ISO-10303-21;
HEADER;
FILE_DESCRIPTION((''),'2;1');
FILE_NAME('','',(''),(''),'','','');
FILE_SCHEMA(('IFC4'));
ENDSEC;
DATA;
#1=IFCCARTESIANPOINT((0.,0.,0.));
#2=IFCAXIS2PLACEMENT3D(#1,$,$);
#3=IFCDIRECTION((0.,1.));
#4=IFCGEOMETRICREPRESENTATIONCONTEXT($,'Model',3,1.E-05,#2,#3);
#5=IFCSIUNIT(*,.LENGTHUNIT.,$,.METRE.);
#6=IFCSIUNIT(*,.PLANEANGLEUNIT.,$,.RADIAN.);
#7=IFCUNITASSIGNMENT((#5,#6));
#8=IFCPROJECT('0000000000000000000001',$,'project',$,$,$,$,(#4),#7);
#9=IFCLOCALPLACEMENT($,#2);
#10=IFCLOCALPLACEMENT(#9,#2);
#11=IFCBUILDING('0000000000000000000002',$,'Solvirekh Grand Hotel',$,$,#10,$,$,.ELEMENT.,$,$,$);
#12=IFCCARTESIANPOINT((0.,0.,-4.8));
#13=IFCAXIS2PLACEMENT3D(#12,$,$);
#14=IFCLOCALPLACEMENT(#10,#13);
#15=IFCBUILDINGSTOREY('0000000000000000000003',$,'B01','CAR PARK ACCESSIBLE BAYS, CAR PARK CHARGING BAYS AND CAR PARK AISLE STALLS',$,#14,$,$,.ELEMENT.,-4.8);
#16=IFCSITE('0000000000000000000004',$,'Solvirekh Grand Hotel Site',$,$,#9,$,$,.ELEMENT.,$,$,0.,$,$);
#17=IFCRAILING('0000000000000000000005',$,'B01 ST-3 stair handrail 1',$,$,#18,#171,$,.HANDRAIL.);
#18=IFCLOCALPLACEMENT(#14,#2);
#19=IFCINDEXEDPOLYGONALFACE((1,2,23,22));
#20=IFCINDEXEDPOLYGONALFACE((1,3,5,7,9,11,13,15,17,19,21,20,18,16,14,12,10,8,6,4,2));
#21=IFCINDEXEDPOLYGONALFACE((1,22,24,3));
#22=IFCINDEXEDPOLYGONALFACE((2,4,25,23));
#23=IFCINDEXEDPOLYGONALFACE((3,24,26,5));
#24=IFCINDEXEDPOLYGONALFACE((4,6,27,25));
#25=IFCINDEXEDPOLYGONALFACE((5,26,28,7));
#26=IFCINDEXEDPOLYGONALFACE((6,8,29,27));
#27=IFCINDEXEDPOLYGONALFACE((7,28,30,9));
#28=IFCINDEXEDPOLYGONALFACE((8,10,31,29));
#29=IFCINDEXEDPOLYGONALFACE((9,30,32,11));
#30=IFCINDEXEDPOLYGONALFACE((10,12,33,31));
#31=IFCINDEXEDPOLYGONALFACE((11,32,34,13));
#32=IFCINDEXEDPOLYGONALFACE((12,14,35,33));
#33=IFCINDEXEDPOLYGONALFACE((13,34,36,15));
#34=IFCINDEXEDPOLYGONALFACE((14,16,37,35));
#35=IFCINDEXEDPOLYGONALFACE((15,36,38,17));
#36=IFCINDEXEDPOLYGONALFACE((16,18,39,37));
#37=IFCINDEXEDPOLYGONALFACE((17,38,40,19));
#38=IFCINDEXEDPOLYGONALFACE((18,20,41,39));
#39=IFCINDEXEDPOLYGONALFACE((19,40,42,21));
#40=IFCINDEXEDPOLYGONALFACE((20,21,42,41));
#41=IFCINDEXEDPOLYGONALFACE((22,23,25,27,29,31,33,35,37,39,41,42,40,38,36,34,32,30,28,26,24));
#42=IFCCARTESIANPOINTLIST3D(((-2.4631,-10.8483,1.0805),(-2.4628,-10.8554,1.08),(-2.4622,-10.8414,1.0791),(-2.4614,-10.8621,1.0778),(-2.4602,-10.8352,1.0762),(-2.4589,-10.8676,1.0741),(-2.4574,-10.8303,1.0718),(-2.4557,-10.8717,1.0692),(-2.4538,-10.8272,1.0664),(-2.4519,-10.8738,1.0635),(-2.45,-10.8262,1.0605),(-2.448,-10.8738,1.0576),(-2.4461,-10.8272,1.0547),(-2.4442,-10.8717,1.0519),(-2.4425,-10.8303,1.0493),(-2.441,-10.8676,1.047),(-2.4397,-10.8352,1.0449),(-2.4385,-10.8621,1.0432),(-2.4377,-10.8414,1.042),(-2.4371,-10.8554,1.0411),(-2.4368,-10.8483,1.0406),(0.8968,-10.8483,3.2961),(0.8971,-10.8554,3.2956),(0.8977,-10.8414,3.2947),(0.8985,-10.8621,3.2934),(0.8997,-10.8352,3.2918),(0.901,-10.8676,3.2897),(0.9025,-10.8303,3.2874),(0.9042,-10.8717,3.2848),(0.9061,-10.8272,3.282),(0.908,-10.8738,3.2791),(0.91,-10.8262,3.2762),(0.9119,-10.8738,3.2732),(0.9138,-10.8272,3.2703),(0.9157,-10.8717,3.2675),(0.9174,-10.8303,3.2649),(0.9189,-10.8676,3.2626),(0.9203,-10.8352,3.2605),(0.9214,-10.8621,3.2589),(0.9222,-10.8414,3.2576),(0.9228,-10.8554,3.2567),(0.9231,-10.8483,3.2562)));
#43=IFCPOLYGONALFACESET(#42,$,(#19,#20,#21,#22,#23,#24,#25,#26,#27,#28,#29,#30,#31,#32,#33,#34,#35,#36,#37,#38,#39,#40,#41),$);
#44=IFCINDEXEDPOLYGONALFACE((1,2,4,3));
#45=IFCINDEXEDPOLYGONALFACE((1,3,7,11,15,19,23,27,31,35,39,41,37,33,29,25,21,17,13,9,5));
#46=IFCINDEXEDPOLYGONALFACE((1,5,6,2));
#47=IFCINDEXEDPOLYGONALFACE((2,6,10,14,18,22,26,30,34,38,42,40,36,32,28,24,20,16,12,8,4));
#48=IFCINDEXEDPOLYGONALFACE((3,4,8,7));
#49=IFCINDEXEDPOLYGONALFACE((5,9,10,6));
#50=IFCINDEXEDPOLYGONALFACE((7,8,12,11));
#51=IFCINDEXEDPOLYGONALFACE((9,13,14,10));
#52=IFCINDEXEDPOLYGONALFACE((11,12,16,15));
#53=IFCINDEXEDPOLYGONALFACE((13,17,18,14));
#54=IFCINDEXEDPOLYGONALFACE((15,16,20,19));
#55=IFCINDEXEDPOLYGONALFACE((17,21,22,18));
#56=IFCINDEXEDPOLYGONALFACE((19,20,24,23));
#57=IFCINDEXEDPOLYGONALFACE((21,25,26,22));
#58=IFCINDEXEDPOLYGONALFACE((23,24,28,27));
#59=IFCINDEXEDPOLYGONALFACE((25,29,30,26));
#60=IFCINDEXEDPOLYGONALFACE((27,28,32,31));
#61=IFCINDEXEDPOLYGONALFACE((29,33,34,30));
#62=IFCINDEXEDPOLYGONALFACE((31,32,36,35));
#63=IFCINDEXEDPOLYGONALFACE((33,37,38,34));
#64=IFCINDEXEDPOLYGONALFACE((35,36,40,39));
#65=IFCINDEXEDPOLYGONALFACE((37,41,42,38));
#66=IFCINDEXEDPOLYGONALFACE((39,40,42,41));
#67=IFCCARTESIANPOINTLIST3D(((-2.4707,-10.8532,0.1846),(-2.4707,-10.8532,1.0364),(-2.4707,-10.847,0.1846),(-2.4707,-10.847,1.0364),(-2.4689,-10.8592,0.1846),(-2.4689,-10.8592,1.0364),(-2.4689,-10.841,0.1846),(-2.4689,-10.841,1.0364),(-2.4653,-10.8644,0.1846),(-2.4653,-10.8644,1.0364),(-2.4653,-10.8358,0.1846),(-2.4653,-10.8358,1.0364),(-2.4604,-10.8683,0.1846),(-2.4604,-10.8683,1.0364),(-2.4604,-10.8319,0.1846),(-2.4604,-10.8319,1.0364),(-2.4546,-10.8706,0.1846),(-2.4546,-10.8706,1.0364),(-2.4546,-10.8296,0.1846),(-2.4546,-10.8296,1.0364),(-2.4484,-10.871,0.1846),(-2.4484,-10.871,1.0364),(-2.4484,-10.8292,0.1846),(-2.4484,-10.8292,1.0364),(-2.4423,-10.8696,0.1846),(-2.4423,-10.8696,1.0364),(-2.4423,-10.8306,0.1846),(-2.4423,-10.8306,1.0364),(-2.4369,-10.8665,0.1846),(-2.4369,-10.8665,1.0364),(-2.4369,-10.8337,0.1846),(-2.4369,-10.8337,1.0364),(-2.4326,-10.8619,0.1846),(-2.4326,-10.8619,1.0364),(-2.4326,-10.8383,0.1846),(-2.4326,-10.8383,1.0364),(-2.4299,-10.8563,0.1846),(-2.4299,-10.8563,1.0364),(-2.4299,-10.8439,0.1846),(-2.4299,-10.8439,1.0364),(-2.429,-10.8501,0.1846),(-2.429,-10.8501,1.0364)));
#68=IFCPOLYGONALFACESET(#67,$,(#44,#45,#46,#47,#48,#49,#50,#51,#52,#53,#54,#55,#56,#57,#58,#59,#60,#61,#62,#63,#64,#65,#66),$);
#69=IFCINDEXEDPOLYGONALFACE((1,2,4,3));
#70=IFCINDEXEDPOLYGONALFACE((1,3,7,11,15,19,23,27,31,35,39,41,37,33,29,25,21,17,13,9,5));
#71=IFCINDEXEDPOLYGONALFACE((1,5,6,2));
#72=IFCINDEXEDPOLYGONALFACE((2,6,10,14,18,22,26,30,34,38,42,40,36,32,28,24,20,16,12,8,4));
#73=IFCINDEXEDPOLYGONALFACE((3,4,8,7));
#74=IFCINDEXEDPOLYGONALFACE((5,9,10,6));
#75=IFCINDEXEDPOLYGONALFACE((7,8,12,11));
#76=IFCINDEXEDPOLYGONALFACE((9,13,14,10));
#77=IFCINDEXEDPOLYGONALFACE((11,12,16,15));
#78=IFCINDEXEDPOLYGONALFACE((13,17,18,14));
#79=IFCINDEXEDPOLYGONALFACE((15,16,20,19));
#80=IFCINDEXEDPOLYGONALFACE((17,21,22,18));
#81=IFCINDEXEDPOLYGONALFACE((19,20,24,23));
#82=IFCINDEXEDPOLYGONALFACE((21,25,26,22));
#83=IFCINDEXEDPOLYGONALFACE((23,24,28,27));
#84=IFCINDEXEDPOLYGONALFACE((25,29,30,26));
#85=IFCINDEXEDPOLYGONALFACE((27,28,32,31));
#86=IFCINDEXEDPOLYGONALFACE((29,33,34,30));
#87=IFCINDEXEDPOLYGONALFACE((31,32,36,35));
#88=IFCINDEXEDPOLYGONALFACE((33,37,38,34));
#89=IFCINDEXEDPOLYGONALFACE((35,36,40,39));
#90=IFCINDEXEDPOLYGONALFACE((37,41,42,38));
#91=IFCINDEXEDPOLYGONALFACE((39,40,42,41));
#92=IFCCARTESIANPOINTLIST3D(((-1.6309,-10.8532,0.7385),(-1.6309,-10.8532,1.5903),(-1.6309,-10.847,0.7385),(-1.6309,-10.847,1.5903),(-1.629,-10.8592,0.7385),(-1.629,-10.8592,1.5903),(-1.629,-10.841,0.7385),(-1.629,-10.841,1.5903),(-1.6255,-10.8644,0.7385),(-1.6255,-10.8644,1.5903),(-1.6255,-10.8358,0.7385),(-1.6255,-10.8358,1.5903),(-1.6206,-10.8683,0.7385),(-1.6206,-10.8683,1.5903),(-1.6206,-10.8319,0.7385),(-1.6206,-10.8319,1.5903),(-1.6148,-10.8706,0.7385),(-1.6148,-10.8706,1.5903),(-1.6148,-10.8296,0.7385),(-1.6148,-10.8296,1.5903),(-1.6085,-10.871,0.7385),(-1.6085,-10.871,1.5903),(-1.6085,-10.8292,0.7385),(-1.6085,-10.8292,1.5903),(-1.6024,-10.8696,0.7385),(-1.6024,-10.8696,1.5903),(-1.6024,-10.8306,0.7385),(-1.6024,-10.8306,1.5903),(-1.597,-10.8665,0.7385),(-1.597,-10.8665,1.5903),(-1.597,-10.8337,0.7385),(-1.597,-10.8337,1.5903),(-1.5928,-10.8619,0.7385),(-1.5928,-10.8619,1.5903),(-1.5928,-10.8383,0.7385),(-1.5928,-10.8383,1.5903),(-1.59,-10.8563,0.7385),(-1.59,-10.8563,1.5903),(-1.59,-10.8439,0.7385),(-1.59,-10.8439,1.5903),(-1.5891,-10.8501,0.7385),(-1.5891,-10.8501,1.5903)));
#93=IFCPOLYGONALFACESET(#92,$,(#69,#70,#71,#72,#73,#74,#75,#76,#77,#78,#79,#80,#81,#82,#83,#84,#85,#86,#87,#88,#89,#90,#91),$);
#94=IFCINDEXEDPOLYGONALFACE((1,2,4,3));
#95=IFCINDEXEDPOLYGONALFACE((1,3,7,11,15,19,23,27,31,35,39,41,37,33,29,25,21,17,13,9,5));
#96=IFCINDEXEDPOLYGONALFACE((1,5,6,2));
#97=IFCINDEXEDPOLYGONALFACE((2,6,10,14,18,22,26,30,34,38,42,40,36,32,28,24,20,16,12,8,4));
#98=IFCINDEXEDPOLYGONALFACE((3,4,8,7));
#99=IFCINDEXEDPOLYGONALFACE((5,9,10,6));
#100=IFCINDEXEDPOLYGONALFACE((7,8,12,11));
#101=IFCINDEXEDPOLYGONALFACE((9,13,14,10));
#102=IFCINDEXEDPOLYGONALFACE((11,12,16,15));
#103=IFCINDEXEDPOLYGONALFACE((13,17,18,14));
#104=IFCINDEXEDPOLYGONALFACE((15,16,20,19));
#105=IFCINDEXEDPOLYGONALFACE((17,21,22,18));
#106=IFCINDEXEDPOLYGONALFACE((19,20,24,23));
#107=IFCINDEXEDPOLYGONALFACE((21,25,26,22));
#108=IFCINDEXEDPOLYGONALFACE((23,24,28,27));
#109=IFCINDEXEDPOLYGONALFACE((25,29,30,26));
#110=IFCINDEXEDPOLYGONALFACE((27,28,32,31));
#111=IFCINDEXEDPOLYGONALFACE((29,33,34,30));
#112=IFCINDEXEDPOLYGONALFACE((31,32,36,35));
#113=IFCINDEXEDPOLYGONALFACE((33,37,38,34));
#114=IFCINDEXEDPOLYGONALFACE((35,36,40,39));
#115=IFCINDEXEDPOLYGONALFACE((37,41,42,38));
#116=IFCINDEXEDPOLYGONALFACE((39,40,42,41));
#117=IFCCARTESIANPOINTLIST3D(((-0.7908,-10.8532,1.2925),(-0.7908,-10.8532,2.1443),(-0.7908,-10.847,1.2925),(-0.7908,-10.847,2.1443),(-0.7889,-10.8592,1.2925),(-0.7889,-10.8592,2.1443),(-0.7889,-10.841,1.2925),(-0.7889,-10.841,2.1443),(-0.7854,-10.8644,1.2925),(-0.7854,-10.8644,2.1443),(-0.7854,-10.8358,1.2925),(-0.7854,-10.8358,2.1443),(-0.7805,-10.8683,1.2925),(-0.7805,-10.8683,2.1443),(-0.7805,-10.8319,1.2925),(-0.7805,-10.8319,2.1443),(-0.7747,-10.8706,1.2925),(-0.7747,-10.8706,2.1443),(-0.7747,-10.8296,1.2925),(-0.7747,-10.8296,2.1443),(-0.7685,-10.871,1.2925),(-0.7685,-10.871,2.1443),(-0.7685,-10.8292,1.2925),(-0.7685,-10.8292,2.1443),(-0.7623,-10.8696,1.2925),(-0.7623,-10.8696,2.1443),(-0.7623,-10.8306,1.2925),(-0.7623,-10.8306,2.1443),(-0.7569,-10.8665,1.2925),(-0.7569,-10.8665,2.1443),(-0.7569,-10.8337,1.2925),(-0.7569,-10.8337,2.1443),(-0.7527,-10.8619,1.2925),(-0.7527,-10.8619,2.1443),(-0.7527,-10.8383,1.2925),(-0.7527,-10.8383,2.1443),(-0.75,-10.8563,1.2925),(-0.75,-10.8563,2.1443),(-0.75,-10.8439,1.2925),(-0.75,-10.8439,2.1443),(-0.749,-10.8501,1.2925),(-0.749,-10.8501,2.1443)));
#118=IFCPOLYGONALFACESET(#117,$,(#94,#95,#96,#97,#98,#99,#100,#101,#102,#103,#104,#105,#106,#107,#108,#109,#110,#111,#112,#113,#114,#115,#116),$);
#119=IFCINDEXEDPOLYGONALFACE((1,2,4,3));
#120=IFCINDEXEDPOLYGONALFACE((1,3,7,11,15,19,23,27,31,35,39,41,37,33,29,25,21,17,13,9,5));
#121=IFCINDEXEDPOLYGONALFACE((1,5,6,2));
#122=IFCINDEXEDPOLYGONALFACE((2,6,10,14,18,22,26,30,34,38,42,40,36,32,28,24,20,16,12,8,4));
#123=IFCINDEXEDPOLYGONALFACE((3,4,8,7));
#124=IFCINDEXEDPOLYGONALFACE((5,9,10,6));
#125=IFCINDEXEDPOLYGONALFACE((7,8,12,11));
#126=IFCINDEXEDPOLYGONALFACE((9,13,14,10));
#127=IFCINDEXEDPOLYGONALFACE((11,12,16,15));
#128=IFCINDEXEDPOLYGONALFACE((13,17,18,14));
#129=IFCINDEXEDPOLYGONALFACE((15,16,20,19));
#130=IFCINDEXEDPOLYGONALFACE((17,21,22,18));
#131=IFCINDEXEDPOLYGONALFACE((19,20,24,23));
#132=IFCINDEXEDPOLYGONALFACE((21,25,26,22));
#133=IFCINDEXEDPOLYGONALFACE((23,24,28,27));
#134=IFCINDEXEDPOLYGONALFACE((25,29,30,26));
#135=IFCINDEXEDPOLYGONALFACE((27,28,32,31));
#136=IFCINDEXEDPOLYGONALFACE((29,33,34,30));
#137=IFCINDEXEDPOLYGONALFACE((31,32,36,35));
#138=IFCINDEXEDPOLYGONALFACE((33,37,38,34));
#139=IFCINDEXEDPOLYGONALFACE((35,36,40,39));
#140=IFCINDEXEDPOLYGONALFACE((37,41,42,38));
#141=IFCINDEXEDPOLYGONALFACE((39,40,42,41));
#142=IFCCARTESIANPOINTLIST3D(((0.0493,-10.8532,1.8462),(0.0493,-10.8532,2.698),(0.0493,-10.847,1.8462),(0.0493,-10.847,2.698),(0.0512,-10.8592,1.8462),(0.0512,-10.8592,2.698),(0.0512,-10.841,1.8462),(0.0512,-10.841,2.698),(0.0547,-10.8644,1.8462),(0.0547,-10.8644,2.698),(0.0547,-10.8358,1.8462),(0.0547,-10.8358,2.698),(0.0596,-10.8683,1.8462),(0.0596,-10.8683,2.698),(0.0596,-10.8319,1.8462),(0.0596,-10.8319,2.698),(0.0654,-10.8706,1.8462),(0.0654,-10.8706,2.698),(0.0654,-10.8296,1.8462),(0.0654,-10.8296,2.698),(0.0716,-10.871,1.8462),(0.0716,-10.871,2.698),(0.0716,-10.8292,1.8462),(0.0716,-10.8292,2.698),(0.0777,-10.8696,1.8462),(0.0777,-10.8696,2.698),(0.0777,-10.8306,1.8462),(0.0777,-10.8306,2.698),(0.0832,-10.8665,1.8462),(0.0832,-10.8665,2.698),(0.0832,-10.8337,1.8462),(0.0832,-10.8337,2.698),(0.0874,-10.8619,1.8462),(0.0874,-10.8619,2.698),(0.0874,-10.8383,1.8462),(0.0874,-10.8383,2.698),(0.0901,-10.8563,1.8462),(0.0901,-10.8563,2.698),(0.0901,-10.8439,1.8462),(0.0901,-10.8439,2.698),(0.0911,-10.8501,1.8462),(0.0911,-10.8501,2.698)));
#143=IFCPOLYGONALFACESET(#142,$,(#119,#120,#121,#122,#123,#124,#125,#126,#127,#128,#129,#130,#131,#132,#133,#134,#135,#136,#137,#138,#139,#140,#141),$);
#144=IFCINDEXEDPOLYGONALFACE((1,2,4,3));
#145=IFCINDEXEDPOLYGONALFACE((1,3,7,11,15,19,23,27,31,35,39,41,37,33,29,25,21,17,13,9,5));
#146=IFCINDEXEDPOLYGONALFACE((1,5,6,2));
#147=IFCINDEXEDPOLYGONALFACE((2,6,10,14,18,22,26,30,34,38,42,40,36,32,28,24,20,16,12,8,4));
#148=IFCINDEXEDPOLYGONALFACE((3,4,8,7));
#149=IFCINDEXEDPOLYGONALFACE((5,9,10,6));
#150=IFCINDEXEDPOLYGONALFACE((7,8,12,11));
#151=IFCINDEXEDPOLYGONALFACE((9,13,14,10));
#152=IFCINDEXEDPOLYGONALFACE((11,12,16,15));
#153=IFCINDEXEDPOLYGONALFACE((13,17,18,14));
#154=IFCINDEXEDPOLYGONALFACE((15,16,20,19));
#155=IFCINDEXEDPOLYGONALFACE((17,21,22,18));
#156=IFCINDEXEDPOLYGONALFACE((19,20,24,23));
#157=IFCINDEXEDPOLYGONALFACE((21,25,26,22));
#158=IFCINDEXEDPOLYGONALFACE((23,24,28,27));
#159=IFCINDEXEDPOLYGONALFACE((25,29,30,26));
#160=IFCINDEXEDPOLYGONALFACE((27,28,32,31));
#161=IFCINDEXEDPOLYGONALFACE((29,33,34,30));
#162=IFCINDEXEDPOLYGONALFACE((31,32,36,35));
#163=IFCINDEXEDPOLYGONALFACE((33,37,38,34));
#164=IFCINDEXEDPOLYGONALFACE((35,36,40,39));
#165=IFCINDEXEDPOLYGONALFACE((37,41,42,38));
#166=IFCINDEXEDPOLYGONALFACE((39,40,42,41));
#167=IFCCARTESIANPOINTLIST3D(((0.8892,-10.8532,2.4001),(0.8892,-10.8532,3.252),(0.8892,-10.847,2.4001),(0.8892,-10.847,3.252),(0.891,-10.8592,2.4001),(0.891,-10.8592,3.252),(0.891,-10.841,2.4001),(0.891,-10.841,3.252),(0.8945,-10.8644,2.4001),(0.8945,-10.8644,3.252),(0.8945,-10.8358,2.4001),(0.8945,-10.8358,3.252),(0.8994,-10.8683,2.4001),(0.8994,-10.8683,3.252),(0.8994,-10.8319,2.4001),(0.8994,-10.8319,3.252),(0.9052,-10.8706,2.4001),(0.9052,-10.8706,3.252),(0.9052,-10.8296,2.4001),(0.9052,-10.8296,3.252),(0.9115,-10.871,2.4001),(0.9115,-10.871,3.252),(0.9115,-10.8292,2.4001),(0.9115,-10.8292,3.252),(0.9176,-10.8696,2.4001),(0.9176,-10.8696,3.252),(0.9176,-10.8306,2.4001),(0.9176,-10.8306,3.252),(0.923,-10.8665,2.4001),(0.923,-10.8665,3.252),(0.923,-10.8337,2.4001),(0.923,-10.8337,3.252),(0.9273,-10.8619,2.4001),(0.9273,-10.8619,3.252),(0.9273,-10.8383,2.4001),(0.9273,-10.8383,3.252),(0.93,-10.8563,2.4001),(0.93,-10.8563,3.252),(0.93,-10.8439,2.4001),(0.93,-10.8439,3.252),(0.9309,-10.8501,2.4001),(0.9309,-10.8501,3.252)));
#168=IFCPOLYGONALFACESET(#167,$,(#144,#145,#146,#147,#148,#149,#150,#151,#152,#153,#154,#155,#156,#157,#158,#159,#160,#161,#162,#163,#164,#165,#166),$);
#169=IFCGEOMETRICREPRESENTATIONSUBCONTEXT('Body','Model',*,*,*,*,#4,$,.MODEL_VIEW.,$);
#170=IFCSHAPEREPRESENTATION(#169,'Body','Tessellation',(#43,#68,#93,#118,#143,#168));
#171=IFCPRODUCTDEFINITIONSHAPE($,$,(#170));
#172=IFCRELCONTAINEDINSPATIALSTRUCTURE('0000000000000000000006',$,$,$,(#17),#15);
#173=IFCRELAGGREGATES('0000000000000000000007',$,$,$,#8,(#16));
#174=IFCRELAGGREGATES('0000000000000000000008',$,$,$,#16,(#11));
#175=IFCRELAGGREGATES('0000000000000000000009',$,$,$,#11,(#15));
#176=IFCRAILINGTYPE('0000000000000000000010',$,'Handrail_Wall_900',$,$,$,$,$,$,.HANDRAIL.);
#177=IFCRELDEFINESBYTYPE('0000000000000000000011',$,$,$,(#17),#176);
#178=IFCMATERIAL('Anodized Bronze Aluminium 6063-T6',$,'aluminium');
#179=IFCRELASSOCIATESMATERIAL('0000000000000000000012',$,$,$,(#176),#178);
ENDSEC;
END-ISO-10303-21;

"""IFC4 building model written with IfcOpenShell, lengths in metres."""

from ifc_helpers import new_model, si_unit, direction, frame, origin, origin_2d, place, context, subcontext, project, spatial, circle, extrude, material, type_object, element, save


model = new_model("IFC4")

# Units and contexts
model_context = context("Model", 3, precision=1e-05, world=origin(), true_north=direction((0.0, 1.0)))
body_context = subcontext(model_context, "Body", "Model", "MODEL_VIEW")
ifc_project = project(units=[si_unit("LENGTHUNIT", "METRE"), si_unit("PLANEANGLEUNIT", "RADIAN")], contexts=[model_context])

# Site, building, storey
site_placement = place(None, origin())
site = spatial("IfcSite", under=ifc_project, at=site_placement, Name="Solvirekh Grand Hotel Site", CompositionType="ELEMENT", RefElevation=0.0)
building_placement = place(site_placement, origin())
building = spatial("IfcBuilding", under=site, at=building_placement, Name="Solvirekh Grand Hotel", CompositionType="ELEMENT")
storey_placement = place(building_placement, frame((0.0, 0.0, -4.8)))
storey = spatial("IfcBuildingStorey", under=building, at=storey_placement, Name="B01", Description="CAR PARK ACCESSIBLE BAYS, CAR PARK CHARGING BAYS AND CAR PARK AISLE STALLS", CompositionType="ELEMENT", Elevation=-4.8)

# Railing
ifc_material_1 = material(Name="Anodized Bronze Aluminium 6063-T6", Category="aluminium")
railing_type_1 = type_object("IfcRailingType", Name="Handrail_Wall_900", PredefinedType="HANDRAIL", material=ifc_material_1)
for number, where, name in (
    (1, (-2.45, -10.8501, 0.1846), "B01 ST-3 stair handrail 1"),
):
    element("IfcRailing", number, at=place(storey_placement, frame(where)), inside=storey, type_object=railing_type_1, Name=name, PredefinedType="HANDRAIL", context=body_context, shape_type="SweptSolid", body=[
        extrude(circle(Radius=0.0239, at=origin_2d()), frame((0.0, 0.0, 0.876), z_axis=(0.83483, 0.0, 0.550508), x_axis=(0.0, 1.0, 0.0)), (0.0, 0.0, 1.0), 4.0247),
        extrude(circle(Radius=0.021, at=origin_2d()), origin(), (0.0, 0.0, 1.0), 0.8518),
        extrude(circle(Radius=0.021, at=origin_2d()), frame((0.8398, 0.0, 0.554)), (0.0, 0.0, 1.0), 0.8518),
        extrude(circle(Radius=0.021, at=origin_2d()), frame((1.6799, 0.0, 1.1079)), (0.0, 0.0, 1.0), 0.8518),
        extrude(circle(Radius=0.021, at=origin_2d()), frame((2.52, 0.0, 1.6616)), (0.0, 0.0, 1.0), 0.8518),
        extrude(circle(Radius=0.021, at=origin_2d()), frame((3.3599, 0.0, 2.2156)), (0.0, 0.0, 1.0), 0.8518),
    ])

save(model, "model.ifc")
